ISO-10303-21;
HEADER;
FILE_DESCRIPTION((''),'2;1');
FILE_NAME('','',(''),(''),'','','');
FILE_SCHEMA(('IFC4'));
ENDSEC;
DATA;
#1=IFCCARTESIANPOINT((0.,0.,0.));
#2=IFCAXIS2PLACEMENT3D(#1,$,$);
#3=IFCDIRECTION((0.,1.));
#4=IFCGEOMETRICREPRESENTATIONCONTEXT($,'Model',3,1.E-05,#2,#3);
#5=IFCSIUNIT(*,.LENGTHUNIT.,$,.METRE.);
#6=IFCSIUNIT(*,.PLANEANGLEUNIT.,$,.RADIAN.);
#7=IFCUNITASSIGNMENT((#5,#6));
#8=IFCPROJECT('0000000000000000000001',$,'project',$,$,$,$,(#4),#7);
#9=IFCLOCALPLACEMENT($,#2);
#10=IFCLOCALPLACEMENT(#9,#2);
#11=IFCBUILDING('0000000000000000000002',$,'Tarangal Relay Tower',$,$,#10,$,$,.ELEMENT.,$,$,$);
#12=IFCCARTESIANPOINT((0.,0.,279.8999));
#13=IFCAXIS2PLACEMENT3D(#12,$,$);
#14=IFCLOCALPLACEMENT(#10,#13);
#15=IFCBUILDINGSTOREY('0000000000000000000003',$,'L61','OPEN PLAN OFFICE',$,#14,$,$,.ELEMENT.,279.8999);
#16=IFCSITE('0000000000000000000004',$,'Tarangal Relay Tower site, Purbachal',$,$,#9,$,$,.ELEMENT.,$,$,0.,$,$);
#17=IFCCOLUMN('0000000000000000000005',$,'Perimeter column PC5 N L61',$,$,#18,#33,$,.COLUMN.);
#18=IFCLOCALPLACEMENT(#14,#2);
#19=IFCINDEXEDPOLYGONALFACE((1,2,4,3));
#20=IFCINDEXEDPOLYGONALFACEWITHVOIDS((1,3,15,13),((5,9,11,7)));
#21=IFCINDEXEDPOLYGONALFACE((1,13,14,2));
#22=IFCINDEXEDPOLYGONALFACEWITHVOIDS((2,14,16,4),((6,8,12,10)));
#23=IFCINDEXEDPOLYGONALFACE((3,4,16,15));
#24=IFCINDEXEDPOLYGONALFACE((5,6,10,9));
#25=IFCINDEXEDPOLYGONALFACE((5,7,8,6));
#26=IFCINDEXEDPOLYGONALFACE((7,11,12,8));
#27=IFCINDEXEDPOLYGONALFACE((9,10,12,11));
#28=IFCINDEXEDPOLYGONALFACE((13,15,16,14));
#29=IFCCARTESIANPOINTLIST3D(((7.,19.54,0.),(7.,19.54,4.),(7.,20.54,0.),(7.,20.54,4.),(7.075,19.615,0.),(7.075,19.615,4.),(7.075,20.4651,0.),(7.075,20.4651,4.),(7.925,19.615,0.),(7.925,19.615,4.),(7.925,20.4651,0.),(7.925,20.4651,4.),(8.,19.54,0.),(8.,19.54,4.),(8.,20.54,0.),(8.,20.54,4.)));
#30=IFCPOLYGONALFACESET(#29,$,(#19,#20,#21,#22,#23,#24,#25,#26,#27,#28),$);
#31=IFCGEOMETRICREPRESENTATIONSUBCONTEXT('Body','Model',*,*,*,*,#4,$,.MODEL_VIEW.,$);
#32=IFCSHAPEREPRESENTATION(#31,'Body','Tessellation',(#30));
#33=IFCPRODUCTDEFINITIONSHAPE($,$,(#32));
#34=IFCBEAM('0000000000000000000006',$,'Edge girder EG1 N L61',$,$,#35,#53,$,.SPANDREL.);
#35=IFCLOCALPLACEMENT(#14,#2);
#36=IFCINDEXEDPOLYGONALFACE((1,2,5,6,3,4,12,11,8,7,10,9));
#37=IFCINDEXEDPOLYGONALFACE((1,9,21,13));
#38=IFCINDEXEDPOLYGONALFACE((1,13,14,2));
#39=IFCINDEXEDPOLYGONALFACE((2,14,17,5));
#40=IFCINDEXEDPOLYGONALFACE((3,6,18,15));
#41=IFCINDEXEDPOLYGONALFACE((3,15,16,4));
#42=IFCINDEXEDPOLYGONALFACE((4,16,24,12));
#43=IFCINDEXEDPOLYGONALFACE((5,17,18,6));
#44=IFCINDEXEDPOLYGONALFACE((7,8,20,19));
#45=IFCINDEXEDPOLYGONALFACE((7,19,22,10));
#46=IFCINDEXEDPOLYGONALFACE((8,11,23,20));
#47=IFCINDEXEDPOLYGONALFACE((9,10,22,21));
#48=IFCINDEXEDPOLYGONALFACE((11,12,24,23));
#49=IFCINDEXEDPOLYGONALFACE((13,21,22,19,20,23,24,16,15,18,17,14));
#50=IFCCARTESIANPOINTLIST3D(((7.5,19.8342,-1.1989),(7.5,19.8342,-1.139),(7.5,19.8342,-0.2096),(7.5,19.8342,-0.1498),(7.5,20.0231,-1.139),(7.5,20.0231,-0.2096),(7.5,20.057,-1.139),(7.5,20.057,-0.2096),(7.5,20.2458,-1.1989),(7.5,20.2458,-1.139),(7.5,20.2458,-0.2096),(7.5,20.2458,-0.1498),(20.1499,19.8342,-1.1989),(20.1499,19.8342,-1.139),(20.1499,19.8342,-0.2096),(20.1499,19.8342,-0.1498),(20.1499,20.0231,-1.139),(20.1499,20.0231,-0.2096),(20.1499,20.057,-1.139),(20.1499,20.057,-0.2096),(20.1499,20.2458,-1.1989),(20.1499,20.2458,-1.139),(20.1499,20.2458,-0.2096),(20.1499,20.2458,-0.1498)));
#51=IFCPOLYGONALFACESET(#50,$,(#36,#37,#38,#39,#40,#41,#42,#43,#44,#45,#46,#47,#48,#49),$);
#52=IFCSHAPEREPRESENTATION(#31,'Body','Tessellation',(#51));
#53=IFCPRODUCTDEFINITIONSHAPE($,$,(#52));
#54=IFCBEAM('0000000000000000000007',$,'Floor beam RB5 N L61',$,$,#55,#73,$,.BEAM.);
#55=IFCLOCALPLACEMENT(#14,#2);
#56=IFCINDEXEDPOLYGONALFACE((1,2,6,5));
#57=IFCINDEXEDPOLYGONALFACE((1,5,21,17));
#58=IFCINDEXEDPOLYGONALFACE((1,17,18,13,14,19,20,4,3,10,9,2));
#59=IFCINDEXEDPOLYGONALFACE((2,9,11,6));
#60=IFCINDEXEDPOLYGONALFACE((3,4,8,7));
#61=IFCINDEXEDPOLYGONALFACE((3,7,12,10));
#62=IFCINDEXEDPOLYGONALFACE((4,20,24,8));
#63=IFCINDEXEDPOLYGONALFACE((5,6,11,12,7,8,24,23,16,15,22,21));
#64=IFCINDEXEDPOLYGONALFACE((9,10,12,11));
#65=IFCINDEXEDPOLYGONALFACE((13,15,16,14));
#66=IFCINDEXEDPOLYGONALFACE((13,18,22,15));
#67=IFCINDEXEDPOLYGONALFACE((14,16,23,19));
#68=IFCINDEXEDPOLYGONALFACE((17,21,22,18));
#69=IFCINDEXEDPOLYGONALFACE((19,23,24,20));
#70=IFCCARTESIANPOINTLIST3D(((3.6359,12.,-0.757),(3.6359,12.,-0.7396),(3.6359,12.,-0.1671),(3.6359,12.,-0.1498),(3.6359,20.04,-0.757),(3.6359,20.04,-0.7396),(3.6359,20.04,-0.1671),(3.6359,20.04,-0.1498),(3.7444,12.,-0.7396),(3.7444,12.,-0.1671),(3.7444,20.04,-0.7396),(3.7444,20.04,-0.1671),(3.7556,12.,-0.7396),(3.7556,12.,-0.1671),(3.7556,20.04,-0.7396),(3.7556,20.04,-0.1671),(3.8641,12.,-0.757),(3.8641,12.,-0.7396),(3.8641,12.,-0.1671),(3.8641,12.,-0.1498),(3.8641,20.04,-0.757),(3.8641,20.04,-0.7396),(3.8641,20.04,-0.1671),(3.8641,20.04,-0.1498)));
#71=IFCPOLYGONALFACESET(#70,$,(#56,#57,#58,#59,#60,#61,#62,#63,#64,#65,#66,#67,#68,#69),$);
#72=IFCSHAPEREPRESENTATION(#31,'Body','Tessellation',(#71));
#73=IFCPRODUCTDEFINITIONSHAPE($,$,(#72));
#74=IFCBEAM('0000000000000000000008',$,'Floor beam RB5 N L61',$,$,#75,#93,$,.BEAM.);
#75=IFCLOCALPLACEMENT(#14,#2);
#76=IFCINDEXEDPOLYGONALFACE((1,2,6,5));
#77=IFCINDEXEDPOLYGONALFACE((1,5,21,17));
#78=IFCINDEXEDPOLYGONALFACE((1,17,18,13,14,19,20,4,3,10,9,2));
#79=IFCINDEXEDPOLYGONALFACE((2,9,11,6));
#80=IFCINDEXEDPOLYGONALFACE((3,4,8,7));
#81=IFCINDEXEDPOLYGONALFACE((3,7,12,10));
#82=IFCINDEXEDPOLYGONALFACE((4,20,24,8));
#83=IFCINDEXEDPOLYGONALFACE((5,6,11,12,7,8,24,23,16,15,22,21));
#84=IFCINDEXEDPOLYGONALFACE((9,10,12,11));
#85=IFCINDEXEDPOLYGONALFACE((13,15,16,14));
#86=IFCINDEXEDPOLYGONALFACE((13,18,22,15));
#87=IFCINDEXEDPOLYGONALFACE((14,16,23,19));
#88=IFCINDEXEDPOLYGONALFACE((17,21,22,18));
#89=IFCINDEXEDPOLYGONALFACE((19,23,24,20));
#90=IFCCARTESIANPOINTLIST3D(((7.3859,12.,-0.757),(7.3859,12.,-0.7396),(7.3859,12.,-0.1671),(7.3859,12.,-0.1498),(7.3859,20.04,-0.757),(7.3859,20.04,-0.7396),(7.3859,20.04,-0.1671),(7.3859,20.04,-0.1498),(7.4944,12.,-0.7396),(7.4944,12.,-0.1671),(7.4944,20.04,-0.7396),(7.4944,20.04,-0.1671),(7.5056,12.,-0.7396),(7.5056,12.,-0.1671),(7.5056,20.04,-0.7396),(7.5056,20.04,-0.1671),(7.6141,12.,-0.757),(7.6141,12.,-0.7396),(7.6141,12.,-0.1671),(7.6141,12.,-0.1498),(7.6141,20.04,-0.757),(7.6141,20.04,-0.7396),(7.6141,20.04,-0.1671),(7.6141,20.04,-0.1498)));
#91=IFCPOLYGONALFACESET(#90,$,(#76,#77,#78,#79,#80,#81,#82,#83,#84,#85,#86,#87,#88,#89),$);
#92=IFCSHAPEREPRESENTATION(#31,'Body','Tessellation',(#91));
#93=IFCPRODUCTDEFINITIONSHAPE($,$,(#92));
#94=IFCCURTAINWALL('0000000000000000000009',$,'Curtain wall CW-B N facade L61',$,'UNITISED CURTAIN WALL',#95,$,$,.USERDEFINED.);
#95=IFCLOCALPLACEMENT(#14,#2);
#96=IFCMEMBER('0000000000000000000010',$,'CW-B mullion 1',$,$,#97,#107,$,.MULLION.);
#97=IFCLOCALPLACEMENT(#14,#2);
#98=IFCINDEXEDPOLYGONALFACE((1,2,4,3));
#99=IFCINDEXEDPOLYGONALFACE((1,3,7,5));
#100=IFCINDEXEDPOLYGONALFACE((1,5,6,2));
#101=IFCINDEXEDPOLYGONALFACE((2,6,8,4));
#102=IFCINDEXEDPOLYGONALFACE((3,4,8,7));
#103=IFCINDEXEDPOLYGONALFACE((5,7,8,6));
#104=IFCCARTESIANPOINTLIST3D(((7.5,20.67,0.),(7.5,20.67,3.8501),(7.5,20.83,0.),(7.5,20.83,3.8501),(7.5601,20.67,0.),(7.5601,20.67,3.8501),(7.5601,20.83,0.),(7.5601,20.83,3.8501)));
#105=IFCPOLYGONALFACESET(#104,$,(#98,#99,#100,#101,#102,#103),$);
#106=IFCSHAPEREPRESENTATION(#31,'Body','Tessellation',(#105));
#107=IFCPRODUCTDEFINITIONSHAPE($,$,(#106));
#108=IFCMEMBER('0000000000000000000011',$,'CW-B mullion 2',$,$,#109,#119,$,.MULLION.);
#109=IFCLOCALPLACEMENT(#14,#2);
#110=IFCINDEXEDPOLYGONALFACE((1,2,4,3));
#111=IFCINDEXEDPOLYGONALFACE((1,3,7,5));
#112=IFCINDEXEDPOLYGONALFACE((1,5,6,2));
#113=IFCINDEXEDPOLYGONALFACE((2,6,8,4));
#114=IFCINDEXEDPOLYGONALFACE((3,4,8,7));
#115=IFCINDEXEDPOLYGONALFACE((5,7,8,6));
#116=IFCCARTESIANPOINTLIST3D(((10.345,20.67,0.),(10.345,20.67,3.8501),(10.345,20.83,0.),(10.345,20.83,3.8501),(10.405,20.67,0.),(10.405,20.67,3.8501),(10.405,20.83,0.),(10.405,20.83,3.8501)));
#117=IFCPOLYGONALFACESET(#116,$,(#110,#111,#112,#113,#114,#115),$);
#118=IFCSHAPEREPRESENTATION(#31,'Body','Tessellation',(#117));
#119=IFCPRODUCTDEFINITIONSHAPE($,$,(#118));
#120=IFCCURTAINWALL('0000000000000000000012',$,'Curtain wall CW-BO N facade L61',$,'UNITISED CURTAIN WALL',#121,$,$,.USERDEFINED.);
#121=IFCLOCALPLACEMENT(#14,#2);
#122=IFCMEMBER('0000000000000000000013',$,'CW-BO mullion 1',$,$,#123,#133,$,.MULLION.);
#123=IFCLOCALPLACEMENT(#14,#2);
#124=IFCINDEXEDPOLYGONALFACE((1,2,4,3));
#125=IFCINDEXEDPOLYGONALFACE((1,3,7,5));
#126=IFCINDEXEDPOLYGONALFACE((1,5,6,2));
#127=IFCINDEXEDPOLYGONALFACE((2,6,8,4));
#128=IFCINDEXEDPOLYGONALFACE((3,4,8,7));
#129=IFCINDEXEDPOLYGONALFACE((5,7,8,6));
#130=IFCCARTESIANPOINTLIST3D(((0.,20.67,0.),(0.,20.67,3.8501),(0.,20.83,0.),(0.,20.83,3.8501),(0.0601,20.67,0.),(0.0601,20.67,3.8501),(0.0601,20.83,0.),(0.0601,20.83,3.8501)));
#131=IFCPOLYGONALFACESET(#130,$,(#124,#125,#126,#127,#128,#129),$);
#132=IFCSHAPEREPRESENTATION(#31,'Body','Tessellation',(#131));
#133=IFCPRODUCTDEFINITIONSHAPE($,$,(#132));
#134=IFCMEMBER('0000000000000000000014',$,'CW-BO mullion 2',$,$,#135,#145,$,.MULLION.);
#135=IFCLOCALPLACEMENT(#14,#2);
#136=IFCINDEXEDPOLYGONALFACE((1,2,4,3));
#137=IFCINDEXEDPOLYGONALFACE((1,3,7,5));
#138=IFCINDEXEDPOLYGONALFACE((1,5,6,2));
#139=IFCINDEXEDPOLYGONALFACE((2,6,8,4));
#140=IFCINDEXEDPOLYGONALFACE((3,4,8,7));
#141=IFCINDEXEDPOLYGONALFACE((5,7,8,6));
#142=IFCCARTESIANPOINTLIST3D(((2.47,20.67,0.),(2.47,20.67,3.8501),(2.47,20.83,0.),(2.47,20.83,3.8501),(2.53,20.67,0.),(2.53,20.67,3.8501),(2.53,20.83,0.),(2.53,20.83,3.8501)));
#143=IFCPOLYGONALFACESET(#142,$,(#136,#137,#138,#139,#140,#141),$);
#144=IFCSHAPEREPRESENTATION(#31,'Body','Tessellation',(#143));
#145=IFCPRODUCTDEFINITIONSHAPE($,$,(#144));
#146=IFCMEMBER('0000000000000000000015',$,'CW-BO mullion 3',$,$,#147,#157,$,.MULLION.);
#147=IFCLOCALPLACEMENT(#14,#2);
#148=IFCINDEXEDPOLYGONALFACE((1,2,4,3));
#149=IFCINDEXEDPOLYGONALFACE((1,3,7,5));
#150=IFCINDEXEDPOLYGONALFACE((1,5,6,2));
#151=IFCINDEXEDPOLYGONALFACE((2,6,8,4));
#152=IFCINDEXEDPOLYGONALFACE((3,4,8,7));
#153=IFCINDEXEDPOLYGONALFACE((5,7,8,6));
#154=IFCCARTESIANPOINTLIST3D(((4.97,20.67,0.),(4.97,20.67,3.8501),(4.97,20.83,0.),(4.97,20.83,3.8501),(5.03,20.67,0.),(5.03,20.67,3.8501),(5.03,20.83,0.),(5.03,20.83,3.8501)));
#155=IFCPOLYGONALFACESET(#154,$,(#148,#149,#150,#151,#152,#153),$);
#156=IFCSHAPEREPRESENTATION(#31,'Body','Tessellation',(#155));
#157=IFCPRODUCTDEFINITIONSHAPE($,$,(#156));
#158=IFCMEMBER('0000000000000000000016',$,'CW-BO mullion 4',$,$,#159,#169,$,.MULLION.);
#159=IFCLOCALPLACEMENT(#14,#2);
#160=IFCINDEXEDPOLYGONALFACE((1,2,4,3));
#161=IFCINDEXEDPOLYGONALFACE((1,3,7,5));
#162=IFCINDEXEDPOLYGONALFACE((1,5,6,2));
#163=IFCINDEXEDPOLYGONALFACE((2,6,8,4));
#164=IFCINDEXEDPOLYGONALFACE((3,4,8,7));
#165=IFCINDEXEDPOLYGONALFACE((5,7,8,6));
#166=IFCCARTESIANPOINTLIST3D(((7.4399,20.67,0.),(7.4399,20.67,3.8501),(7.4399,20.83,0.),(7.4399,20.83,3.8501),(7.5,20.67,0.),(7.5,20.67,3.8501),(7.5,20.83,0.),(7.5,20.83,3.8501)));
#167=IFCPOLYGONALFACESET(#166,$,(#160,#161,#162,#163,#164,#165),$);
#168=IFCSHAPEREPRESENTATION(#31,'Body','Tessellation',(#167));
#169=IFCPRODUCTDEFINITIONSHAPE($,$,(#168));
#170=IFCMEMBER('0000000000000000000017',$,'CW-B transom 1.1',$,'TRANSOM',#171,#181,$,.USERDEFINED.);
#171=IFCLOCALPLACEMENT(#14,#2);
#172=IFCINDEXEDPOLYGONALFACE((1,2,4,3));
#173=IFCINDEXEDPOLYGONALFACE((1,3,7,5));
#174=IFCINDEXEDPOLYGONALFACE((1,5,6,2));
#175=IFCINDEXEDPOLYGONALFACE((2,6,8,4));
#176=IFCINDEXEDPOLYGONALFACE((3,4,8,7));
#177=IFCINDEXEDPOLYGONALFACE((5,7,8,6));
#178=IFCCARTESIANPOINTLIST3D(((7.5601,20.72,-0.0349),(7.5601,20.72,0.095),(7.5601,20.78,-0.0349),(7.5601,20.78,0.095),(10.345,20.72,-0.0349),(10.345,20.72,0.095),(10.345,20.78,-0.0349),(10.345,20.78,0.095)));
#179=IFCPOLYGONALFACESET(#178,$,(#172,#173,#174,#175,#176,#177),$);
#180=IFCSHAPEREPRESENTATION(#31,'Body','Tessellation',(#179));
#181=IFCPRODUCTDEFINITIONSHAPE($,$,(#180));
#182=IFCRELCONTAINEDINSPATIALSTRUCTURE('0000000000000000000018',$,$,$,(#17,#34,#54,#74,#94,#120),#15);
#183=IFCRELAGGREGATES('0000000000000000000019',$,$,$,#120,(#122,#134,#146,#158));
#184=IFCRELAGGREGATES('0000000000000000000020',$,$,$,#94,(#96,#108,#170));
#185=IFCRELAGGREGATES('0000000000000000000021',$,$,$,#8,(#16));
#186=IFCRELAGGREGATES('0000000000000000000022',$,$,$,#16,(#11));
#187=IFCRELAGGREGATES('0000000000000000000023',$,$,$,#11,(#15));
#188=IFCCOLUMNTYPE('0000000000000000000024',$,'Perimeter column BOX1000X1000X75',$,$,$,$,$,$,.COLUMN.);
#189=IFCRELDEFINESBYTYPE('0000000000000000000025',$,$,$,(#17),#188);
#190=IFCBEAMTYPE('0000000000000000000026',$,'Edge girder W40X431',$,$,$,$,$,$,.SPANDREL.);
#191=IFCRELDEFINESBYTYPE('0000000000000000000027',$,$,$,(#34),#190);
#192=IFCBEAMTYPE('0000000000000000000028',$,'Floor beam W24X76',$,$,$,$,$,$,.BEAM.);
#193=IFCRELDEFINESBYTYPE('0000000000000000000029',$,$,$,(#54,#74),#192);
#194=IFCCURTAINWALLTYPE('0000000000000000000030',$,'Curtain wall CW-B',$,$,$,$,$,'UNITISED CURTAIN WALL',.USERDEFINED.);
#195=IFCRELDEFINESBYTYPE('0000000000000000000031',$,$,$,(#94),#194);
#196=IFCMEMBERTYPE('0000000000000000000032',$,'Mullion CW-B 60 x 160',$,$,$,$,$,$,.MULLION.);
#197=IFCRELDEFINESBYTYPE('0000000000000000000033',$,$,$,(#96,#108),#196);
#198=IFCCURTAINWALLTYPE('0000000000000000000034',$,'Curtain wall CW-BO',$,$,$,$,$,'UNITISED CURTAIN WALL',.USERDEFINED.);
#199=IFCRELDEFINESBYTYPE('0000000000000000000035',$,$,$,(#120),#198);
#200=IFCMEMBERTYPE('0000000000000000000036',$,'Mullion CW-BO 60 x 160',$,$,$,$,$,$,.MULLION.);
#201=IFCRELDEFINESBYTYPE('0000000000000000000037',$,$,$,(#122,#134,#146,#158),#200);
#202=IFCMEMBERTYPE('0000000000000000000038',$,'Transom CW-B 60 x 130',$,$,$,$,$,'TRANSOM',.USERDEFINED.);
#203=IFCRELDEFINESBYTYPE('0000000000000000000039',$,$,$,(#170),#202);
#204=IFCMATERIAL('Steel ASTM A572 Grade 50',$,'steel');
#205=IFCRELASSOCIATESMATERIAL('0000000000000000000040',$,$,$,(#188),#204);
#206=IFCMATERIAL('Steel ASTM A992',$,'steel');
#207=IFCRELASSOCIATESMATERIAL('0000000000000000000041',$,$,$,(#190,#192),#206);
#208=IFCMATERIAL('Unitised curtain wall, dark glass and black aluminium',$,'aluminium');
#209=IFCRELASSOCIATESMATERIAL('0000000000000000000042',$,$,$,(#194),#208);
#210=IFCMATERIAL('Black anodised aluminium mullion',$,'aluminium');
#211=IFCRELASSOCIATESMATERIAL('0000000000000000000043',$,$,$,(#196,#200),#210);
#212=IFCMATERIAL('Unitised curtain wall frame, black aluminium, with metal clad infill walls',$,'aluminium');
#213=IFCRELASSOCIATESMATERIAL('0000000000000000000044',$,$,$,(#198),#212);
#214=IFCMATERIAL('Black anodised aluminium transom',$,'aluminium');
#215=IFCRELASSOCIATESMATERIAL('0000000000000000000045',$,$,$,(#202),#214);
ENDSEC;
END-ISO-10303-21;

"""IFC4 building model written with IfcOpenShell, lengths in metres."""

from ifc_helpers import new_model, si_unit, direction, frame, origin, origin_2d, place, context, subcontext, project, spatial, rectangle, hollow_rectangle, i_section, extrude, material, material_profile, profile_set, type_object, element, aggregate, save


model = new_model("IFC4")

# Units and contexts
model_context = context("Model", 3, precision=1e-05, world=origin(), true_north=direction((0.0, 1.0)))
body_context = subcontext(model_context, "Body", "Model", "MODEL_VIEW")
ifc_project = project(units=[si_unit("LENGTHUNIT", "METRE"), si_unit("PLANEANGLEUNIT", "RADIAN")], contexts=[model_context])

# Site, building, storey
site_placement = place(None, origin())
site = spatial("IfcSite", under=ifc_project, at=site_placement, Name="Tarangal Relay Tower site, Purbachal", CompositionType="ELEMENT", RefElevation=0.0)
building_placement = place(site_placement, origin())
building = spatial("IfcBuilding", under=site, at=building_placement, Name="Tarangal Relay Tower", CompositionType="ELEMENT")
storey_placement = place(building_placement, frame((0.0, 0.0, 279.8999)))
storey = spatial("IfcBuildingStorey", under=building, at=storey_placement, Name="L61", Description="OPEN PLAN OFFICE", CompositionType="ELEMENT", Elevation=279.8999)

# Column
ifc_material_1 = material(Name="Steel ASTM A572 Grade 50", Category="steel")
ifc_material_profile_1 = material_profile(ifc_material_1, hollow_rectangle(XDim=1.0, YDim=1.0, WallThickness=0.075, at=origin_2d()), Name="BOX1000X1000X75")
ifc_profile_set_1 = profile_set([ifc_material_profile_1], Name="Steel ASTM A572 Grade 50")
column_type = type_object("IfcColumnType", Name="Perimeter column BOX1000X1000X75", PredefinedType="COLUMN", material=ifc_profile_set_1)
column_placement = place(storey_placement, frame((7.5, 20.04, 0.0), z_axis=(0.0, 0.0, 1.0), x_axis=(1.0, 0.0, 0.0)))
element("IfcColumn", 1, at=column_placement, inside=storey, type_object=column_type, Name="Perimeter column PC5 N L61", PredefinedType="COLUMN", context=body_context, shape_type="SweptSolid", body=[
    extrude(hollow_rectangle(XDim=1.0, YDim=1.0, WallThickness=0.075, at=origin_2d()), origin(), (0.0, 0.0, 1.0), 4.0),
])

# Beams
ifc_material_2 = material(Name="Steel ASTM A992", Category="steel")
ifc_material_profile_2 = material_profile(ifc_material_2, i_section(OverallWidth=0.4116, OverallDepth=1.0491, WebThickness=0.0339, FlangeThickness=0.0598, at=origin_2d()), Name="W40X431")
ifc_profile_set_2 = profile_set([ifc_material_profile_2], Name="Steel ASTM A992")
beam_type_1 = type_object("IfcBeamType", Name="Edge girder W40X431", PredefinedType="SPANDREL", material=ifc_profile_set_2)
beam_placement = place(storey_placement, frame((7.5, 20.04, -0.6743), z_axis=(1.0, 0.0, 0.0), x_axis=(0.0, 1.0, 0.0)))
element("IfcBeam", 2, at=beam_placement, inside=storey, type_object=beam_type_1, Name="Edge girder EG1 N L61", PredefinedType="SPANDREL", context=body_context, shape_type="SweptSolid", body=[
    extrude(i_section(OverallWidth=0.4116, OverallDepth=1.0491, WebThickness=0.0339, FlangeThickness=0.0598, at=origin_2d()), origin(), (0.0, 0.0, 1.0), 12.6499),
])
ifc_material_profile_3 = material_profile(ifc_material_2, i_section(OverallWidth=0.2283, OverallDepth=0.6072, WebThickness=0.0112, FlangeThickness=0.0173, at=origin_2d()), Name="W24X76")
ifc_profile_set_3 = profile_set([ifc_material_profile_3], Name="Steel ASTM A992")
beam_type_2 = type_object("IfcBeamType", Name="Floor beam W24X76", PredefinedType="BEAM", material=ifc_profile_set_3)
for number, where, z_axis, x_axis, name in (
    (3, (3.75, 12.0, -0.4534), (0.0, 1.0, 0.0), (-1.0, 0.0, 0.0), "Floor beam RB5 N L61"),
    (4, (7.5, 12.0, -0.4534), (0.0, 1.0, 0.0), (-1.0, 0.0, 0.0), "Floor beam RB5 N L61"),
):
    element("IfcBeam", number, at=place(storey_placement, frame(where, z_axis=z_axis, x_axis=x_axis)), inside=storey, type_object=beam_type_2, Name=name, PredefinedType="BEAM", context=body_context, shape_type="SweptSolid", body=[
        extrude(i_section(OverallWidth=0.2283, OverallDepth=0.6072, WebThickness=0.0112, FlangeThickness=0.0173, at=origin_2d()), origin(), (0.0, 0.0, 1.0), 8.04),
    ])

# Curtain walls, members
ifc_material_3 = material(Name="Unitised curtain wall, dark glass and black aluminium", Category="aluminium")
curtain_wall_type_1 = type_object("IfcCurtainWallType", Name="Curtain wall CW-B", ElementType="UNITISED CURTAIN WALL", PredefinedType="USERDEFINED", material=ifc_material_3)
curtain_wall_1_placement = place(storey_placement, origin())
curtain_wall_1 = element("IfcCurtainWall", 5, at=curtain_wall_1_placement, inside=storey, type_object=curtain_wall_type_1, Name="Curtain wall CW-B N facade L61", ObjectType="UNITISED CURTAIN WALL", PredefinedType="USERDEFINED")
ifc_material_4 = material(Name="Black anodised aluminium mullion", Category="aluminium")
ifc_material_profile_4 = material_profile(ifc_material_4, rectangle(XDim=0.1599, YDim=0.0601, at=origin_2d()), Name="CW-BM 60X160")
ifc_profile_set_4 = profile_set([ifc_material_profile_4], Name="Black anodised aluminium mullion")
member_type_1 = type_object("IfcMemberType", Name="Mullion CW-B 60 x 160", PredefinedType="MULLION", material=ifc_profile_set_4)
member_1_placement = place(storey_placement, frame((7.53, 20.75, 0.0), z_axis=(0.0, 0.0, 1.0), x_axis=(0.0, 1.0, 0.0)))
member_1 = element("IfcMember", 6, at=member_1_placement, type_object=member_type_1, Name="CW-B mullion 1", PredefinedType="MULLION", context=body_context, shape_type="SweptSolid", body=[
    extrude(rectangle(XDim=0.1599, YDim=0.0601, at=origin_2d()), origin(), (0.0, 0.0, 1.0), 3.8501),
])
member_2_placement = place(storey_placement, frame((10.375, 20.75, 0.0), z_axis=(0.0, 0.0, 1.0), x_axis=(0.0, 1.0, 0.0)))
member_2 = element("IfcMember", 7, at=member_2_placement, type_object=member_type_1, Name="CW-B mullion 2", PredefinedType="MULLION", context=body_context, shape_type="SweptSolid", body=[
    extrude(rectangle(XDim=0.1599, YDim=0.0601, at=origin_2d()), origin(), (0.0, 0.0, 1.0), 3.8501),
])
ifc_material_5 = material(Name="Unitised curtain wall frame, black aluminium, with metal clad infill walls", Category="aluminium")
curtain_wall_type_2 = type_object("IfcCurtainWallType", Name="Curtain wall CW-BO", ElementType="UNITISED CURTAIN WALL", PredefinedType="USERDEFINED", material=ifc_material_5)
curtain_wall_2_placement = place(storey_placement, origin())
curtain_wall_2 = element("IfcCurtainWall", 8, at=curtain_wall_2_placement, inside=storey, type_object=curtain_wall_type_2, Name="Curtain wall CW-BO N facade L61", ObjectType="UNITISED CURTAIN WALL", PredefinedType="USERDEFINED")
ifc_material_profile_5 = material_profile(ifc_material_4, rectangle(XDim=0.1599, YDim=0.0601, at=origin_2d()), Name="CW-BOM 60X160")
ifc_profile_set_5 = profile_set([ifc_material_profile_5], Name="Black anodised aluminium mullion")
member_type_2 = type_object("IfcMemberType", Name="Mullion CW-BO 60 x 160", PredefinedType="MULLION", material=ifc_profile_set_5)
member_3_placement = place(storey_placement, frame((0.03, 20.75, 0.0), z_axis=(0.0, 0.0, 1.0), x_axis=(0.0, 1.0, 0.0)))
member_3 = element("IfcMember", 9, at=member_3_placement, type_object=member_type_2, Name="CW-BO mullion 1", PredefinedType="MULLION", context=body_context, shape_type="SweptSolid", body=[
    extrude(rectangle(XDim=0.1599, YDim=0.0601, at=origin_2d()), origin(), (0.0, 0.0, 1.0), 3.8501),
])
member_4_placement = place(storey_placement, frame((2.5, 20.75, 0.0), z_axis=(0.0, 0.0, 1.0), x_axis=(0.0, 1.0, 0.0)))
member_4 = element("IfcMember", 10, at=member_4_placement, type_object=member_type_2, Name="CW-BO mullion 2", PredefinedType="MULLION", context=body_context, shape_type="SweptSolid", body=[
    extrude(rectangle(XDim=0.1599, YDim=0.0601, at=origin_2d()), origin(), (0.0, 0.0, 1.0), 3.8501),
])
member_5_placement = place(storey_placement, frame((5.0, 20.75, 0.0), z_axis=(0.0, 0.0, 1.0), x_axis=(0.0, 1.0, 0.0)))
member_5 = element("IfcMember", 11, at=member_5_placement, type_object=member_type_2, Name="CW-BO mullion 3", PredefinedType="MULLION", context=body_context, shape_type="SweptSolid", body=[
    extrude(rectangle(XDim=0.1599, YDim=0.0601, at=origin_2d()), origin(), (0.0, 0.0, 1.0), 3.8501),
])
member_6_placement = place(storey_placement, frame((7.47, 20.75, 0.0), z_axis=(0.0, 0.0, 1.0), x_axis=(0.0, 1.0, 0.0)))
member_6 = element("IfcMember", 12, at=member_6_placement, type_object=member_type_2, Name="CW-BO mullion 4", PredefinedType="MULLION", context=body_context, shape_type="SweptSolid", body=[
    extrude(rectangle(XDim=0.1599, YDim=0.0601, at=origin_2d()), origin(), (0.0, 0.0, 1.0), 3.8501),
])

# Member
ifc_material_6 = material(Name="Black anodised aluminium transom", Category="aluminium")
ifc_material_profile_6 = material_profile(ifc_material_6, rectangle(XDim=0.0601, YDim=0.1299, at=origin_2d()), Name="CW-BT 60X130")
ifc_profile_set_6 = profile_set([ifc_material_profile_6], Name="Black anodised aluminium transom")
member_type_3 = type_object("IfcMemberType", Name="Transom CW-B 60 x 130", ElementType="TRANSOM", PredefinedType="USERDEFINED", material=ifc_profile_set_6)
member_7_placement = place(storey_placement, frame((7.5601, 20.75, 0.03), z_axis=(1.0, 0.0, 0.0), x_axis=(0.0, 1.0, 0.0)))
member_7 = element("IfcMember", 13, at=member_7_placement, type_object=member_type_3, Name="CW-B transom 1.1", ObjectType="TRANSOM", PredefinedType="USERDEFINED", context=body_context, shape_type="SweptSolid", body=[
    extrude(rectangle(XDim=0.0601, YDim=0.1299, at=origin_2d()), origin(), (0.0, 0.0, 1.0), 2.7849),
])
aggregate(curtain_wall_2, [member_3, member_4, member_5, member_6])

aggregate(curtain_wall_1, [member_1, member_2, member_7])

save(model, "model.ifc")
